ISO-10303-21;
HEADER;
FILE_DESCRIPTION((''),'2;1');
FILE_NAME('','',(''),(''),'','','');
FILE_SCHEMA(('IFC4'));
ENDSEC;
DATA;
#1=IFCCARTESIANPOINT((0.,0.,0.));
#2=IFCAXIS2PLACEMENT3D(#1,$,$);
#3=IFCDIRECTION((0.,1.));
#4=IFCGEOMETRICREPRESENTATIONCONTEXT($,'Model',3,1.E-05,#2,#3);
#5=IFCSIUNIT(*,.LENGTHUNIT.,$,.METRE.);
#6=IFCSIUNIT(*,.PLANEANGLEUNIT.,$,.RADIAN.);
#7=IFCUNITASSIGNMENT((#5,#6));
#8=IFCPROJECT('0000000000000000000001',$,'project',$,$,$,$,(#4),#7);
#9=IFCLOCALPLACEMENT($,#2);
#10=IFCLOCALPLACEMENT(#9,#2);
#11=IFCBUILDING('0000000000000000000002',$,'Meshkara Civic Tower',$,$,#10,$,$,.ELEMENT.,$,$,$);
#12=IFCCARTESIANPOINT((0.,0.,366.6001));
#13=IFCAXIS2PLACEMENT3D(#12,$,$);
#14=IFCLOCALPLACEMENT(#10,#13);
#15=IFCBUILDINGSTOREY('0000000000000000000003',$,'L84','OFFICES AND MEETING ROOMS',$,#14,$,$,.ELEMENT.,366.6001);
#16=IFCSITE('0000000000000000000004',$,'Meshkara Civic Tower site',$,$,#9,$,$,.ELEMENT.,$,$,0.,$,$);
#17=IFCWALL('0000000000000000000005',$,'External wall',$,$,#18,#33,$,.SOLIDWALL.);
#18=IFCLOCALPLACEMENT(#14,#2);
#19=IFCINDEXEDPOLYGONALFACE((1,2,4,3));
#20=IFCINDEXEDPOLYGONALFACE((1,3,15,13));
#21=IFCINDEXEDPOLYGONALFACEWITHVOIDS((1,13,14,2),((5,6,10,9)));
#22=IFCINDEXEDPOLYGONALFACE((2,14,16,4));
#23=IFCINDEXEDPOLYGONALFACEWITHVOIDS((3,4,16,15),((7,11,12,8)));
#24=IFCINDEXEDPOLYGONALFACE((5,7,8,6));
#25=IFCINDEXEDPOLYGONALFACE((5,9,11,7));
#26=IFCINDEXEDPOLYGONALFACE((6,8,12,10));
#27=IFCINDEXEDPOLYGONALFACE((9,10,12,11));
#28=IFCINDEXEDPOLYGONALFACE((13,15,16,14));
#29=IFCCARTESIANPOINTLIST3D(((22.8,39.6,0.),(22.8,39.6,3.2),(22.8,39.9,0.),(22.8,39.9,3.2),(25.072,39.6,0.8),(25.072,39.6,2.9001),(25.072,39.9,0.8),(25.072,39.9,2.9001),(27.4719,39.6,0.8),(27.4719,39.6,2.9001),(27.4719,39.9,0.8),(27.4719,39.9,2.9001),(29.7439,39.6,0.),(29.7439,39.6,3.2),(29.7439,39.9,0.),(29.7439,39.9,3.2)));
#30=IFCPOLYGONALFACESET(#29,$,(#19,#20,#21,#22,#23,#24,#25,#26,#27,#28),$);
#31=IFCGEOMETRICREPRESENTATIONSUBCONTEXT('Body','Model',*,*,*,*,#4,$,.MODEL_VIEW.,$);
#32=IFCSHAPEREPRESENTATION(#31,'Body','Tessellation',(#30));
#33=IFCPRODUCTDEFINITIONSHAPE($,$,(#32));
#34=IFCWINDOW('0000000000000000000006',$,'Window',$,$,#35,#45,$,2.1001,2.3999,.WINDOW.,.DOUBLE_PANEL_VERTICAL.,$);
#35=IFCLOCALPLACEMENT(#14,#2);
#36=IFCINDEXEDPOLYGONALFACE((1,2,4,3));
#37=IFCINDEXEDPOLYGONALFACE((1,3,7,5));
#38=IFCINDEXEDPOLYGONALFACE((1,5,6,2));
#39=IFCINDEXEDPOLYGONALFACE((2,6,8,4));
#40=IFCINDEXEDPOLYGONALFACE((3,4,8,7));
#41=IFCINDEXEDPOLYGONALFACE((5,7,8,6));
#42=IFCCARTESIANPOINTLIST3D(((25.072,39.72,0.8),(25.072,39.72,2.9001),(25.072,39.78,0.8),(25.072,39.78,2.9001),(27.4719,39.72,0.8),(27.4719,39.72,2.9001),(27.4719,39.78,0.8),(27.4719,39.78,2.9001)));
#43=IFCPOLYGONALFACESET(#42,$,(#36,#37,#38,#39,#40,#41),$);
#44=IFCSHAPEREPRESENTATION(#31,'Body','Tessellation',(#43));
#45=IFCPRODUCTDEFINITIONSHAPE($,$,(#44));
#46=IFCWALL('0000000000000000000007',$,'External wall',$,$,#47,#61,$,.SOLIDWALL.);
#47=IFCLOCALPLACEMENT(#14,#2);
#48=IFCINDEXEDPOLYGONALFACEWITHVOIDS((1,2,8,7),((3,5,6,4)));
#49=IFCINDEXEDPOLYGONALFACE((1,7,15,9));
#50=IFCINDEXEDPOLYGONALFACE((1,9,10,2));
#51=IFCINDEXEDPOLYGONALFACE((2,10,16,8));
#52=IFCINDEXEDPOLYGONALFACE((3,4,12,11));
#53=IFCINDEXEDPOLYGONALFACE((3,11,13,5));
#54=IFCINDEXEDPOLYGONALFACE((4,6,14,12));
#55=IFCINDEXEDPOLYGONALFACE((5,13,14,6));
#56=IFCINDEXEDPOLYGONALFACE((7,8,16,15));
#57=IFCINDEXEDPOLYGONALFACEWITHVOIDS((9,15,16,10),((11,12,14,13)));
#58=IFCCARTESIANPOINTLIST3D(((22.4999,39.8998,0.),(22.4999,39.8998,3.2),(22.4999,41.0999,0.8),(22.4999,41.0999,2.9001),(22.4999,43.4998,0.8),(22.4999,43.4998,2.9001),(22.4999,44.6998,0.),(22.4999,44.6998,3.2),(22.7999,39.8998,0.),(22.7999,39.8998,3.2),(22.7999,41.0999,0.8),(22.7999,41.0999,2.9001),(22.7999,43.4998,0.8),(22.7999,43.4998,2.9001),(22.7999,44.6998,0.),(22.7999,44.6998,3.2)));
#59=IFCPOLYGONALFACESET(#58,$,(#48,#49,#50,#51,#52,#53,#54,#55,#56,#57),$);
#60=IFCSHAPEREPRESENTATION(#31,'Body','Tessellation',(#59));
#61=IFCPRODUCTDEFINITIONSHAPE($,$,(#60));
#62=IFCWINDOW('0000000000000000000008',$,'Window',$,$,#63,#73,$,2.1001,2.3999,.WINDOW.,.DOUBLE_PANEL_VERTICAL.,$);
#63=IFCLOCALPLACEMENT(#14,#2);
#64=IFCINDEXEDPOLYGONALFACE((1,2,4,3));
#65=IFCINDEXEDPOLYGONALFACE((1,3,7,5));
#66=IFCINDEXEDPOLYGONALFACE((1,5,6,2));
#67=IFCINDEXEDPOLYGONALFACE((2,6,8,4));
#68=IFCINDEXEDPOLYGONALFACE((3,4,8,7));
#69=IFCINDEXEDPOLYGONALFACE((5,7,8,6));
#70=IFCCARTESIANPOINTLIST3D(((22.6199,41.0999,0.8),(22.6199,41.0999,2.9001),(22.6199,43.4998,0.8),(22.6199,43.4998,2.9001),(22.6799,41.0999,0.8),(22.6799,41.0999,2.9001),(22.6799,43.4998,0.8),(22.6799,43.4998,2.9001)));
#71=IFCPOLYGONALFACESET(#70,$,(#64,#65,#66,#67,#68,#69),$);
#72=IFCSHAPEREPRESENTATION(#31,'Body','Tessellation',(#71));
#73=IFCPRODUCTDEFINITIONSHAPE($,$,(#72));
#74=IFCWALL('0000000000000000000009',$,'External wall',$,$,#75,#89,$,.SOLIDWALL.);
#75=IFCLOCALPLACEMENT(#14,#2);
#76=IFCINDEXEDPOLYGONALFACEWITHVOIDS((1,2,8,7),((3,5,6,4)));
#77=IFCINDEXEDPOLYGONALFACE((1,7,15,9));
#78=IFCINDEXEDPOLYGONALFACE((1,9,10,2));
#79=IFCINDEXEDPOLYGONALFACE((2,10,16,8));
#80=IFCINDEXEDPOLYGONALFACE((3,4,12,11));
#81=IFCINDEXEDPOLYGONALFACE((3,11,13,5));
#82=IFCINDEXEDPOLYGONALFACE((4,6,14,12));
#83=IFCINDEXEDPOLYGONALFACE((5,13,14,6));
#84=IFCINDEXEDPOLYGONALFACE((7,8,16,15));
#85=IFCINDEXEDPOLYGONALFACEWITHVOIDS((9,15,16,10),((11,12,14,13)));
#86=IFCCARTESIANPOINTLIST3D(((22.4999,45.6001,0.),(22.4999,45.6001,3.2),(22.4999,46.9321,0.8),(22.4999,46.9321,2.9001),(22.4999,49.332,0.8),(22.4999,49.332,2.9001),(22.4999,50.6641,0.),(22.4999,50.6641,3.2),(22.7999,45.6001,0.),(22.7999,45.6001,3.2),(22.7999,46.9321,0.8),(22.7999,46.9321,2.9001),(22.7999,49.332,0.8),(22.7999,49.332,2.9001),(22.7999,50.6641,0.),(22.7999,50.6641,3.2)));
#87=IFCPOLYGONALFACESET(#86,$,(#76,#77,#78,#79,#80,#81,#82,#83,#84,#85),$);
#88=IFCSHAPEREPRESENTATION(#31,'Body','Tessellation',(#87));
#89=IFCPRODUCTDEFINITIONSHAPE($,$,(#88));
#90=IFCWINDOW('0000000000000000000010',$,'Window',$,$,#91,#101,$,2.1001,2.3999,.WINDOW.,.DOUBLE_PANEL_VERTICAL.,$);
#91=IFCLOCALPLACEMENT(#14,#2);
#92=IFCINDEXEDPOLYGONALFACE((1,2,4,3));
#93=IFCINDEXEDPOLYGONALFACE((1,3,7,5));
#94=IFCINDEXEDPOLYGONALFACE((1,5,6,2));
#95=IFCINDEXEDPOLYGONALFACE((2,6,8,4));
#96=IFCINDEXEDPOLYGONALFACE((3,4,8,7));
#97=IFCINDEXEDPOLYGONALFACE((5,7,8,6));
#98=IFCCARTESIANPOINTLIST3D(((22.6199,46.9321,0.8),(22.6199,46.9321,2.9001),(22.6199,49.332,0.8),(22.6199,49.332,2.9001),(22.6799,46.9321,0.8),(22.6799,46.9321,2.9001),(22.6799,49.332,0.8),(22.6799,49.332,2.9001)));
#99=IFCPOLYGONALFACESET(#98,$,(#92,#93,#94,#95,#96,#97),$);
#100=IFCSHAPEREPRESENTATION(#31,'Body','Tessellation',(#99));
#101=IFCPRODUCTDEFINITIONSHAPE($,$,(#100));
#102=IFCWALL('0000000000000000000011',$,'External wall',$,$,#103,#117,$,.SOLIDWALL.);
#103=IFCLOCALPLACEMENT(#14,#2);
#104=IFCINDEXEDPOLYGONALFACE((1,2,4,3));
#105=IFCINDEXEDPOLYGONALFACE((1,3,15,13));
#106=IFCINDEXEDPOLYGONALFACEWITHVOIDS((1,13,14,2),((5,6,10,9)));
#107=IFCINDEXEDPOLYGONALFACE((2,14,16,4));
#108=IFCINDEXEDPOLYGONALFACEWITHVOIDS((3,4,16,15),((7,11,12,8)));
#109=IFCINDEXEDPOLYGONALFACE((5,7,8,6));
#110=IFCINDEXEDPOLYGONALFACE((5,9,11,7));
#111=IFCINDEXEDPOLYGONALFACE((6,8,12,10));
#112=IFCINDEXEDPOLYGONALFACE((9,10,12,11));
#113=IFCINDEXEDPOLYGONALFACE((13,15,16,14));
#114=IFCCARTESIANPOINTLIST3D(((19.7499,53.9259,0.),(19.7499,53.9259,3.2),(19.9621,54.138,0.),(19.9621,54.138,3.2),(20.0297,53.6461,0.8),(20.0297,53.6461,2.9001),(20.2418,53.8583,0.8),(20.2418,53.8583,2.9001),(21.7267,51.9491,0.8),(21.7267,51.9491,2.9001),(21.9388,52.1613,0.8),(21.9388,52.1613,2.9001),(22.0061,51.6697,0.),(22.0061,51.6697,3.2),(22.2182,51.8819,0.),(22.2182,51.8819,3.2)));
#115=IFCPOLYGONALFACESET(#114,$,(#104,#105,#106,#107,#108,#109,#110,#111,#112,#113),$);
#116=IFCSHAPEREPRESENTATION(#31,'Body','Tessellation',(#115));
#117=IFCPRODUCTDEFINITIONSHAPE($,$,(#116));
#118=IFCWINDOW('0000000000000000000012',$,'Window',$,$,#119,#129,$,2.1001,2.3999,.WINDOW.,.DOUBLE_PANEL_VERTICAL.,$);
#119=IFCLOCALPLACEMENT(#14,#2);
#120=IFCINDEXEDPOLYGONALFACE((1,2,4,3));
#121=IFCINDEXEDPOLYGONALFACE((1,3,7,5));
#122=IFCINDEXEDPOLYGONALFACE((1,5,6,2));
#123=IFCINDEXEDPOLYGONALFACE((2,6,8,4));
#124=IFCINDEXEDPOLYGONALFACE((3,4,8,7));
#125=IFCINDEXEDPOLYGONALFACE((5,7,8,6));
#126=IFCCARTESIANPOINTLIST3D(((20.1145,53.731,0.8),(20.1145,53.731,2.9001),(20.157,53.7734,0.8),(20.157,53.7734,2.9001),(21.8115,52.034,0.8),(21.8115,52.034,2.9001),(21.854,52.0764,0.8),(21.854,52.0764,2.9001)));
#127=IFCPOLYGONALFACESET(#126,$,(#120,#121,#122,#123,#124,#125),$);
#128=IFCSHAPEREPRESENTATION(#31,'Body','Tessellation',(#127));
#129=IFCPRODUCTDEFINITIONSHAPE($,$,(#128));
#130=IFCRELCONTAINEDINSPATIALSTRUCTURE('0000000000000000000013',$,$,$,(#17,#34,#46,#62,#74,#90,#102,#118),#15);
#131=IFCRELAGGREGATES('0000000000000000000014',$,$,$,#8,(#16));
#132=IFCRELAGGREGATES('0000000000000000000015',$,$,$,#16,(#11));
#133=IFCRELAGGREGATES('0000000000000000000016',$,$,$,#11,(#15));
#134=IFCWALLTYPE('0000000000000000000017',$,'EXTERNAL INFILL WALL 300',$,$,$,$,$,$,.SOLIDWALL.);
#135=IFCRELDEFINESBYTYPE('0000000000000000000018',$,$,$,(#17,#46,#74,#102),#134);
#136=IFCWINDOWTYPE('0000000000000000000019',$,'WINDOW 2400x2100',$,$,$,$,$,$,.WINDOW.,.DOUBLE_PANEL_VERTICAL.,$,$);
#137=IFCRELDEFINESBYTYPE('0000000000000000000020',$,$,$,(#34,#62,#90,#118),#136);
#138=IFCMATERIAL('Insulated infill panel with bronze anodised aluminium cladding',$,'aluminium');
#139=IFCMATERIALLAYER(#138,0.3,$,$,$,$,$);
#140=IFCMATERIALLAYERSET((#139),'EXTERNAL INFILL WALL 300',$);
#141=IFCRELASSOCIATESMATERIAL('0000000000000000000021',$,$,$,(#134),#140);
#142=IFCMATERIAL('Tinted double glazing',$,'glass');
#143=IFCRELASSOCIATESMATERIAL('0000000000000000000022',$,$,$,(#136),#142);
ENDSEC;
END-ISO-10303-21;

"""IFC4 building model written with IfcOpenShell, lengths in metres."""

from ifc_helpers import new_model, si_unit, direction, frame, frame_2d, origin, place, context, subcontext, project, spatial, rectangle, extrude, material, layer, layer_set, type_object, element, fill, save


model = new_model("IFC4")

# Units and contexts
model_context = context("Model", 3, precision=1e-05, world=origin(), true_north=direction((0.0, 1.0)))
body_context = subcontext(model_context, "Body", "Model", "MODEL_VIEW")
ifc_project = project(units=[si_unit("LENGTHUNIT", "METRE"), si_unit("PLANEANGLEUNIT", "RADIAN")], contexts=[model_context])

# Site, building, storey
site_placement = place(None, origin())
site = spatial("IfcSite", under=ifc_project, at=site_placement, Name="Meshkara Civic Tower site", CompositionType="ELEMENT", RefElevation=0.0)
building_placement = place(site_placement, origin())
building = spatial("IfcBuilding", under=site, at=building_placement, Name="Meshkara Civic Tower", CompositionType="ELEMENT")
storey_placement = place(building_placement, frame((0.0, 0.0, 366.6001)))
storey = spatial("IfcBuildingStorey", under=building, at=storey_placement, Name="L84", Description="OFFICES AND MEETING ROOMS", CompositionType="ELEMENT", Elevation=366.6001)

# Walls, openings, windows
ifc_material_1 = material(Name="Insulated infill panel with bronze anodised aluminium cladding", Category="aluminium")
ifc_layer_1 = layer(ifc_material_1, 0.3)
ifc_layer_set_1 = layer_set([ifc_layer_1], Name="EXTERNAL INFILL WALL 300")
wall_type_1 = type_object("IfcWallType", Name="EXTERNAL INFILL WALL 300", PredefinedType="SOLIDWALL", material=ifc_layer_set_1)
ifc_material_2 = material(Name="Tinted double glazing", Category="glass")
window_type = type_object("IfcWindowType", Name="WINDOW 2400x2100", PartitioningType="DOUBLE_PANEL_VERTICAL", PredefinedType="WINDOW", material=ifc_material_2)
wall_1_placement = place(storey_placement, frame((29.7439, 39.75, 0.0), z_axis=(0.0, 0.0, 1.0), x_axis=(-1.0, 0.0, 0.0)))
wall_1 = element("IfcWall", 1, at=wall_1_placement, inside=storey, type_object=wall_type_1, Name="External wall", PredefinedType="SOLIDWALL", context=body_context, shape_type="SweptSolid", body=[
    extrude(rectangle(XDim=6.9438, YDim=0.3, at=frame_2d((3.4719, 0.0))), origin(), (0.0, 0.0, 1.0), 3.2),
])
opening_1_placement = place(wall_1_placement, frame((2.272, 0.0, 0.8)))
opening_1 = element("IfcOpeningElement", 2, at=opening_1_placement, cuts=wall_1, PredefinedType="OPENING", context=body_context, shape_type="SweptSolid", body=[
    extrude(rectangle(XDim=2.3999, YDim=2.1001, at=frame_2d((1.2, 1.05))), frame((0.0, 0.1599, 0.0), z_axis=(0.0, -1.0, 0.0), x_axis=(1.0, 0.0, 0.0)), (0.0, 0.0, 1.0), 0.3201),
])
window_1_placement = place(opening_1_placement, origin())
window_1 = element("IfcWindow", 3, at=window_1_placement, inside=storey, type_object=window_type, Name="Window", OverallHeight=2.1001, OverallWidth=2.3999, PartitioningType="DOUBLE_PANEL_VERTICAL", PredefinedType="WINDOW", context=body_context, shape_type="SweptSolid", body=[
    extrude(rectangle(XDim=2.3999, YDim=2.1001, at=frame_2d((1.2, 1.05))), frame((0.0, 0.03, 0.0), z_axis=(0.0, -1.0, 0.0), x_axis=(1.0, 0.0, 0.0)), (0.0, 0.0, 1.0), 0.0601),
])
fill(opening_1, window_1)
wall_2_placement = place(storey_placement, frame((22.6499, 39.8999, 0.0), z_axis=(0.0, 0.0, 1.0), x_axis=(0.0, 1.0, 0.0)))
wall_2 = element("IfcWall", 4, at=wall_2_placement, inside=storey, type_object=wall_type_1, Name="External wall", PredefinedType="SOLIDWALL", context=body_context, shape_type="SweptSolid", body=[
    extrude(rectangle(XDim=4.8, YDim=0.3, at=frame_2d((2.3999, 0.0))), origin(), (0.0, 0.0, 1.0), 3.2),
])
opening_2_placement = place(wall_2_placement, frame((1.2, 0.0, 0.8)))
opening_2 = element("IfcOpeningElement", 5, at=opening_2_placement, cuts=wall_2, PredefinedType="OPENING", context=body_context, shape_type="SweptSolid", body=[
    extrude(rectangle(XDim=2.3999, YDim=2.1001, at=frame_2d((1.2, 1.05))), frame((0.0, 0.1599, 0.0), z_axis=(0.0, -1.0, 0.0), x_axis=(1.0, 0.0, 0.0)), (0.0, 0.0, 1.0), 0.3201),
])
window_2_placement = place(opening_2_placement, origin())
window_2 = element("IfcWindow", 6, at=window_2_placement, inside=storey, type_object=window_type, Name="Window", OverallHeight=2.1001, OverallWidth=2.3999, PartitioningType="DOUBLE_PANEL_VERTICAL", PredefinedType="WINDOW", context=body_context, shape_type="SweptSolid", body=[
    extrude(rectangle(XDim=2.3999, YDim=2.1001, at=frame_2d((1.2, 1.05))), frame((0.0, 0.03, 0.0), z_axis=(0.0, -1.0, 0.0), x_axis=(1.0, 0.0, 0.0)), (0.0, 0.0, 1.0), 0.0601),
])
fill(opening_2, window_2)
wall_3_placement = place(storey_placement, frame((22.6499, 45.6001, 0.0), z_axis=(0.0, 0.0, 1.0), x_axis=(0.0, 1.0, 0.0)))
wall_3 = element("IfcWall", 7, at=wall_3_placement, inside=storey, type_object=wall_type_1, Name="External wall", PredefinedType="SOLIDWALL", context=body_context, shape_type="SweptSolid", body=[
    extrude(rectangle(XDim=5.064, YDim=0.3, at=frame_2d((2.532, 0.0))), origin(), (0.0, 0.0, 1.0), 3.2),
])
opening_3_placement = place(wall_3_placement, frame((1.332, 0.0, 0.8)))
opening_3 = element("IfcOpeningElement", 8, at=opening_3_placement, cuts=wall_3, PredefinedType="OPENING", context=body_context, shape_type="SweptSolid", body=[
    extrude(rectangle(XDim=2.3999, YDim=2.1001, at=frame_2d((1.2, 1.05))), frame((0.0, 0.1599, 0.0), z_axis=(0.0, -1.0, 0.0), x_axis=(1.0, 0.0, 0.0)), (0.0, 0.0, 1.0), 0.3201),
])
window_3_placement = place(opening_3_placement, origin())
window_3 = element("IfcWindow", 9, at=window_3_placement, inside=storey, type_object=window_type, Name="Window", OverallHeight=2.1001, OverallWidth=2.3999, PartitioningType="DOUBLE_PANEL_VERTICAL", PredefinedType="WINDOW", context=body_context, shape_type="SweptSolid", body=[
    extrude(rectangle(XDim=2.3999, YDim=2.1001, at=frame_2d((1.2, 1.05))), frame((0.0, 0.03, 0.0), z_axis=(0.0, -1.0, 0.0), x_axis=(1.0, 0.0, 0.0)), (0.0, 0.0, 1.0), 0.0601),
])
fill(opening_3, window_3)
wall_4_placement = place(storey_placement, frame((22.1121, 51.7759, 0.0), z_axis=(0.0, 0.0, 1.0), x_axis=(-0.707107, 0.707107, 0.0)))
wall_4 = element("IfcWall", 10, at=wall_4_placement, inside=storey, type_object=wall_type_1, Name="External wall", PredefinedType="SOLIDWALL", context=body_context, shape_type="SweptSolid", body=[
    extrude(rectangle(XDim=3.1907, YDim=0.3, at=frame_2d((1.5952, 0.0))), origin(), (0.0, 0.0, 1.0), 3.2),
])
opening_4_placement = place(wall_4_placement, frame((0.395, 0.0, 0.8)))
opening_4 = element("IfcOpeningElement", 11, at=opening_4_placement, cuts=wall_4, PredefinedType="OPENING", context=body_context, shape_type="SweptSolid", body=[
    extrude(rectangle(XDim=2.3999, YDim=2.1001, at=frame_2d((1.2, 1.05))), frame((0.0, 0.1599, 0.0), z_axis=(0.0, -1.0, 0.0), x_axis=(1.0, 0.0, 0.0)), (0.0, 0.0, 1.0), 0.3201),
])
window_4_placement = place(opening_4_placement, origin())
window_4 = element("IfcWindow", 12, at=window_4_placement, inside=storey, type_object=window_type, Name="Window", OverallHeight=2.1001, OverallWidth=2.3999, PartitioningType="DOUBLE_PANEL_VERTICAL", PredefinedType="WINDOW", context=body_context, shape_type="SweptSolid", body=[
    extrude(rectangle(XDim=2.3999, YDim=2.1001, at=frame_2d((1.2, 1.05))), frame((0.0, 0.03, 0.0), z_axis=(0.0, -1.0, 0.0), x_axis=(1.0, 0.0, 0.0)), (0.0, 0.0, 1.0), 0.0601),
])
fill(opening_4, window_4)

save(model, "model.ifc")
